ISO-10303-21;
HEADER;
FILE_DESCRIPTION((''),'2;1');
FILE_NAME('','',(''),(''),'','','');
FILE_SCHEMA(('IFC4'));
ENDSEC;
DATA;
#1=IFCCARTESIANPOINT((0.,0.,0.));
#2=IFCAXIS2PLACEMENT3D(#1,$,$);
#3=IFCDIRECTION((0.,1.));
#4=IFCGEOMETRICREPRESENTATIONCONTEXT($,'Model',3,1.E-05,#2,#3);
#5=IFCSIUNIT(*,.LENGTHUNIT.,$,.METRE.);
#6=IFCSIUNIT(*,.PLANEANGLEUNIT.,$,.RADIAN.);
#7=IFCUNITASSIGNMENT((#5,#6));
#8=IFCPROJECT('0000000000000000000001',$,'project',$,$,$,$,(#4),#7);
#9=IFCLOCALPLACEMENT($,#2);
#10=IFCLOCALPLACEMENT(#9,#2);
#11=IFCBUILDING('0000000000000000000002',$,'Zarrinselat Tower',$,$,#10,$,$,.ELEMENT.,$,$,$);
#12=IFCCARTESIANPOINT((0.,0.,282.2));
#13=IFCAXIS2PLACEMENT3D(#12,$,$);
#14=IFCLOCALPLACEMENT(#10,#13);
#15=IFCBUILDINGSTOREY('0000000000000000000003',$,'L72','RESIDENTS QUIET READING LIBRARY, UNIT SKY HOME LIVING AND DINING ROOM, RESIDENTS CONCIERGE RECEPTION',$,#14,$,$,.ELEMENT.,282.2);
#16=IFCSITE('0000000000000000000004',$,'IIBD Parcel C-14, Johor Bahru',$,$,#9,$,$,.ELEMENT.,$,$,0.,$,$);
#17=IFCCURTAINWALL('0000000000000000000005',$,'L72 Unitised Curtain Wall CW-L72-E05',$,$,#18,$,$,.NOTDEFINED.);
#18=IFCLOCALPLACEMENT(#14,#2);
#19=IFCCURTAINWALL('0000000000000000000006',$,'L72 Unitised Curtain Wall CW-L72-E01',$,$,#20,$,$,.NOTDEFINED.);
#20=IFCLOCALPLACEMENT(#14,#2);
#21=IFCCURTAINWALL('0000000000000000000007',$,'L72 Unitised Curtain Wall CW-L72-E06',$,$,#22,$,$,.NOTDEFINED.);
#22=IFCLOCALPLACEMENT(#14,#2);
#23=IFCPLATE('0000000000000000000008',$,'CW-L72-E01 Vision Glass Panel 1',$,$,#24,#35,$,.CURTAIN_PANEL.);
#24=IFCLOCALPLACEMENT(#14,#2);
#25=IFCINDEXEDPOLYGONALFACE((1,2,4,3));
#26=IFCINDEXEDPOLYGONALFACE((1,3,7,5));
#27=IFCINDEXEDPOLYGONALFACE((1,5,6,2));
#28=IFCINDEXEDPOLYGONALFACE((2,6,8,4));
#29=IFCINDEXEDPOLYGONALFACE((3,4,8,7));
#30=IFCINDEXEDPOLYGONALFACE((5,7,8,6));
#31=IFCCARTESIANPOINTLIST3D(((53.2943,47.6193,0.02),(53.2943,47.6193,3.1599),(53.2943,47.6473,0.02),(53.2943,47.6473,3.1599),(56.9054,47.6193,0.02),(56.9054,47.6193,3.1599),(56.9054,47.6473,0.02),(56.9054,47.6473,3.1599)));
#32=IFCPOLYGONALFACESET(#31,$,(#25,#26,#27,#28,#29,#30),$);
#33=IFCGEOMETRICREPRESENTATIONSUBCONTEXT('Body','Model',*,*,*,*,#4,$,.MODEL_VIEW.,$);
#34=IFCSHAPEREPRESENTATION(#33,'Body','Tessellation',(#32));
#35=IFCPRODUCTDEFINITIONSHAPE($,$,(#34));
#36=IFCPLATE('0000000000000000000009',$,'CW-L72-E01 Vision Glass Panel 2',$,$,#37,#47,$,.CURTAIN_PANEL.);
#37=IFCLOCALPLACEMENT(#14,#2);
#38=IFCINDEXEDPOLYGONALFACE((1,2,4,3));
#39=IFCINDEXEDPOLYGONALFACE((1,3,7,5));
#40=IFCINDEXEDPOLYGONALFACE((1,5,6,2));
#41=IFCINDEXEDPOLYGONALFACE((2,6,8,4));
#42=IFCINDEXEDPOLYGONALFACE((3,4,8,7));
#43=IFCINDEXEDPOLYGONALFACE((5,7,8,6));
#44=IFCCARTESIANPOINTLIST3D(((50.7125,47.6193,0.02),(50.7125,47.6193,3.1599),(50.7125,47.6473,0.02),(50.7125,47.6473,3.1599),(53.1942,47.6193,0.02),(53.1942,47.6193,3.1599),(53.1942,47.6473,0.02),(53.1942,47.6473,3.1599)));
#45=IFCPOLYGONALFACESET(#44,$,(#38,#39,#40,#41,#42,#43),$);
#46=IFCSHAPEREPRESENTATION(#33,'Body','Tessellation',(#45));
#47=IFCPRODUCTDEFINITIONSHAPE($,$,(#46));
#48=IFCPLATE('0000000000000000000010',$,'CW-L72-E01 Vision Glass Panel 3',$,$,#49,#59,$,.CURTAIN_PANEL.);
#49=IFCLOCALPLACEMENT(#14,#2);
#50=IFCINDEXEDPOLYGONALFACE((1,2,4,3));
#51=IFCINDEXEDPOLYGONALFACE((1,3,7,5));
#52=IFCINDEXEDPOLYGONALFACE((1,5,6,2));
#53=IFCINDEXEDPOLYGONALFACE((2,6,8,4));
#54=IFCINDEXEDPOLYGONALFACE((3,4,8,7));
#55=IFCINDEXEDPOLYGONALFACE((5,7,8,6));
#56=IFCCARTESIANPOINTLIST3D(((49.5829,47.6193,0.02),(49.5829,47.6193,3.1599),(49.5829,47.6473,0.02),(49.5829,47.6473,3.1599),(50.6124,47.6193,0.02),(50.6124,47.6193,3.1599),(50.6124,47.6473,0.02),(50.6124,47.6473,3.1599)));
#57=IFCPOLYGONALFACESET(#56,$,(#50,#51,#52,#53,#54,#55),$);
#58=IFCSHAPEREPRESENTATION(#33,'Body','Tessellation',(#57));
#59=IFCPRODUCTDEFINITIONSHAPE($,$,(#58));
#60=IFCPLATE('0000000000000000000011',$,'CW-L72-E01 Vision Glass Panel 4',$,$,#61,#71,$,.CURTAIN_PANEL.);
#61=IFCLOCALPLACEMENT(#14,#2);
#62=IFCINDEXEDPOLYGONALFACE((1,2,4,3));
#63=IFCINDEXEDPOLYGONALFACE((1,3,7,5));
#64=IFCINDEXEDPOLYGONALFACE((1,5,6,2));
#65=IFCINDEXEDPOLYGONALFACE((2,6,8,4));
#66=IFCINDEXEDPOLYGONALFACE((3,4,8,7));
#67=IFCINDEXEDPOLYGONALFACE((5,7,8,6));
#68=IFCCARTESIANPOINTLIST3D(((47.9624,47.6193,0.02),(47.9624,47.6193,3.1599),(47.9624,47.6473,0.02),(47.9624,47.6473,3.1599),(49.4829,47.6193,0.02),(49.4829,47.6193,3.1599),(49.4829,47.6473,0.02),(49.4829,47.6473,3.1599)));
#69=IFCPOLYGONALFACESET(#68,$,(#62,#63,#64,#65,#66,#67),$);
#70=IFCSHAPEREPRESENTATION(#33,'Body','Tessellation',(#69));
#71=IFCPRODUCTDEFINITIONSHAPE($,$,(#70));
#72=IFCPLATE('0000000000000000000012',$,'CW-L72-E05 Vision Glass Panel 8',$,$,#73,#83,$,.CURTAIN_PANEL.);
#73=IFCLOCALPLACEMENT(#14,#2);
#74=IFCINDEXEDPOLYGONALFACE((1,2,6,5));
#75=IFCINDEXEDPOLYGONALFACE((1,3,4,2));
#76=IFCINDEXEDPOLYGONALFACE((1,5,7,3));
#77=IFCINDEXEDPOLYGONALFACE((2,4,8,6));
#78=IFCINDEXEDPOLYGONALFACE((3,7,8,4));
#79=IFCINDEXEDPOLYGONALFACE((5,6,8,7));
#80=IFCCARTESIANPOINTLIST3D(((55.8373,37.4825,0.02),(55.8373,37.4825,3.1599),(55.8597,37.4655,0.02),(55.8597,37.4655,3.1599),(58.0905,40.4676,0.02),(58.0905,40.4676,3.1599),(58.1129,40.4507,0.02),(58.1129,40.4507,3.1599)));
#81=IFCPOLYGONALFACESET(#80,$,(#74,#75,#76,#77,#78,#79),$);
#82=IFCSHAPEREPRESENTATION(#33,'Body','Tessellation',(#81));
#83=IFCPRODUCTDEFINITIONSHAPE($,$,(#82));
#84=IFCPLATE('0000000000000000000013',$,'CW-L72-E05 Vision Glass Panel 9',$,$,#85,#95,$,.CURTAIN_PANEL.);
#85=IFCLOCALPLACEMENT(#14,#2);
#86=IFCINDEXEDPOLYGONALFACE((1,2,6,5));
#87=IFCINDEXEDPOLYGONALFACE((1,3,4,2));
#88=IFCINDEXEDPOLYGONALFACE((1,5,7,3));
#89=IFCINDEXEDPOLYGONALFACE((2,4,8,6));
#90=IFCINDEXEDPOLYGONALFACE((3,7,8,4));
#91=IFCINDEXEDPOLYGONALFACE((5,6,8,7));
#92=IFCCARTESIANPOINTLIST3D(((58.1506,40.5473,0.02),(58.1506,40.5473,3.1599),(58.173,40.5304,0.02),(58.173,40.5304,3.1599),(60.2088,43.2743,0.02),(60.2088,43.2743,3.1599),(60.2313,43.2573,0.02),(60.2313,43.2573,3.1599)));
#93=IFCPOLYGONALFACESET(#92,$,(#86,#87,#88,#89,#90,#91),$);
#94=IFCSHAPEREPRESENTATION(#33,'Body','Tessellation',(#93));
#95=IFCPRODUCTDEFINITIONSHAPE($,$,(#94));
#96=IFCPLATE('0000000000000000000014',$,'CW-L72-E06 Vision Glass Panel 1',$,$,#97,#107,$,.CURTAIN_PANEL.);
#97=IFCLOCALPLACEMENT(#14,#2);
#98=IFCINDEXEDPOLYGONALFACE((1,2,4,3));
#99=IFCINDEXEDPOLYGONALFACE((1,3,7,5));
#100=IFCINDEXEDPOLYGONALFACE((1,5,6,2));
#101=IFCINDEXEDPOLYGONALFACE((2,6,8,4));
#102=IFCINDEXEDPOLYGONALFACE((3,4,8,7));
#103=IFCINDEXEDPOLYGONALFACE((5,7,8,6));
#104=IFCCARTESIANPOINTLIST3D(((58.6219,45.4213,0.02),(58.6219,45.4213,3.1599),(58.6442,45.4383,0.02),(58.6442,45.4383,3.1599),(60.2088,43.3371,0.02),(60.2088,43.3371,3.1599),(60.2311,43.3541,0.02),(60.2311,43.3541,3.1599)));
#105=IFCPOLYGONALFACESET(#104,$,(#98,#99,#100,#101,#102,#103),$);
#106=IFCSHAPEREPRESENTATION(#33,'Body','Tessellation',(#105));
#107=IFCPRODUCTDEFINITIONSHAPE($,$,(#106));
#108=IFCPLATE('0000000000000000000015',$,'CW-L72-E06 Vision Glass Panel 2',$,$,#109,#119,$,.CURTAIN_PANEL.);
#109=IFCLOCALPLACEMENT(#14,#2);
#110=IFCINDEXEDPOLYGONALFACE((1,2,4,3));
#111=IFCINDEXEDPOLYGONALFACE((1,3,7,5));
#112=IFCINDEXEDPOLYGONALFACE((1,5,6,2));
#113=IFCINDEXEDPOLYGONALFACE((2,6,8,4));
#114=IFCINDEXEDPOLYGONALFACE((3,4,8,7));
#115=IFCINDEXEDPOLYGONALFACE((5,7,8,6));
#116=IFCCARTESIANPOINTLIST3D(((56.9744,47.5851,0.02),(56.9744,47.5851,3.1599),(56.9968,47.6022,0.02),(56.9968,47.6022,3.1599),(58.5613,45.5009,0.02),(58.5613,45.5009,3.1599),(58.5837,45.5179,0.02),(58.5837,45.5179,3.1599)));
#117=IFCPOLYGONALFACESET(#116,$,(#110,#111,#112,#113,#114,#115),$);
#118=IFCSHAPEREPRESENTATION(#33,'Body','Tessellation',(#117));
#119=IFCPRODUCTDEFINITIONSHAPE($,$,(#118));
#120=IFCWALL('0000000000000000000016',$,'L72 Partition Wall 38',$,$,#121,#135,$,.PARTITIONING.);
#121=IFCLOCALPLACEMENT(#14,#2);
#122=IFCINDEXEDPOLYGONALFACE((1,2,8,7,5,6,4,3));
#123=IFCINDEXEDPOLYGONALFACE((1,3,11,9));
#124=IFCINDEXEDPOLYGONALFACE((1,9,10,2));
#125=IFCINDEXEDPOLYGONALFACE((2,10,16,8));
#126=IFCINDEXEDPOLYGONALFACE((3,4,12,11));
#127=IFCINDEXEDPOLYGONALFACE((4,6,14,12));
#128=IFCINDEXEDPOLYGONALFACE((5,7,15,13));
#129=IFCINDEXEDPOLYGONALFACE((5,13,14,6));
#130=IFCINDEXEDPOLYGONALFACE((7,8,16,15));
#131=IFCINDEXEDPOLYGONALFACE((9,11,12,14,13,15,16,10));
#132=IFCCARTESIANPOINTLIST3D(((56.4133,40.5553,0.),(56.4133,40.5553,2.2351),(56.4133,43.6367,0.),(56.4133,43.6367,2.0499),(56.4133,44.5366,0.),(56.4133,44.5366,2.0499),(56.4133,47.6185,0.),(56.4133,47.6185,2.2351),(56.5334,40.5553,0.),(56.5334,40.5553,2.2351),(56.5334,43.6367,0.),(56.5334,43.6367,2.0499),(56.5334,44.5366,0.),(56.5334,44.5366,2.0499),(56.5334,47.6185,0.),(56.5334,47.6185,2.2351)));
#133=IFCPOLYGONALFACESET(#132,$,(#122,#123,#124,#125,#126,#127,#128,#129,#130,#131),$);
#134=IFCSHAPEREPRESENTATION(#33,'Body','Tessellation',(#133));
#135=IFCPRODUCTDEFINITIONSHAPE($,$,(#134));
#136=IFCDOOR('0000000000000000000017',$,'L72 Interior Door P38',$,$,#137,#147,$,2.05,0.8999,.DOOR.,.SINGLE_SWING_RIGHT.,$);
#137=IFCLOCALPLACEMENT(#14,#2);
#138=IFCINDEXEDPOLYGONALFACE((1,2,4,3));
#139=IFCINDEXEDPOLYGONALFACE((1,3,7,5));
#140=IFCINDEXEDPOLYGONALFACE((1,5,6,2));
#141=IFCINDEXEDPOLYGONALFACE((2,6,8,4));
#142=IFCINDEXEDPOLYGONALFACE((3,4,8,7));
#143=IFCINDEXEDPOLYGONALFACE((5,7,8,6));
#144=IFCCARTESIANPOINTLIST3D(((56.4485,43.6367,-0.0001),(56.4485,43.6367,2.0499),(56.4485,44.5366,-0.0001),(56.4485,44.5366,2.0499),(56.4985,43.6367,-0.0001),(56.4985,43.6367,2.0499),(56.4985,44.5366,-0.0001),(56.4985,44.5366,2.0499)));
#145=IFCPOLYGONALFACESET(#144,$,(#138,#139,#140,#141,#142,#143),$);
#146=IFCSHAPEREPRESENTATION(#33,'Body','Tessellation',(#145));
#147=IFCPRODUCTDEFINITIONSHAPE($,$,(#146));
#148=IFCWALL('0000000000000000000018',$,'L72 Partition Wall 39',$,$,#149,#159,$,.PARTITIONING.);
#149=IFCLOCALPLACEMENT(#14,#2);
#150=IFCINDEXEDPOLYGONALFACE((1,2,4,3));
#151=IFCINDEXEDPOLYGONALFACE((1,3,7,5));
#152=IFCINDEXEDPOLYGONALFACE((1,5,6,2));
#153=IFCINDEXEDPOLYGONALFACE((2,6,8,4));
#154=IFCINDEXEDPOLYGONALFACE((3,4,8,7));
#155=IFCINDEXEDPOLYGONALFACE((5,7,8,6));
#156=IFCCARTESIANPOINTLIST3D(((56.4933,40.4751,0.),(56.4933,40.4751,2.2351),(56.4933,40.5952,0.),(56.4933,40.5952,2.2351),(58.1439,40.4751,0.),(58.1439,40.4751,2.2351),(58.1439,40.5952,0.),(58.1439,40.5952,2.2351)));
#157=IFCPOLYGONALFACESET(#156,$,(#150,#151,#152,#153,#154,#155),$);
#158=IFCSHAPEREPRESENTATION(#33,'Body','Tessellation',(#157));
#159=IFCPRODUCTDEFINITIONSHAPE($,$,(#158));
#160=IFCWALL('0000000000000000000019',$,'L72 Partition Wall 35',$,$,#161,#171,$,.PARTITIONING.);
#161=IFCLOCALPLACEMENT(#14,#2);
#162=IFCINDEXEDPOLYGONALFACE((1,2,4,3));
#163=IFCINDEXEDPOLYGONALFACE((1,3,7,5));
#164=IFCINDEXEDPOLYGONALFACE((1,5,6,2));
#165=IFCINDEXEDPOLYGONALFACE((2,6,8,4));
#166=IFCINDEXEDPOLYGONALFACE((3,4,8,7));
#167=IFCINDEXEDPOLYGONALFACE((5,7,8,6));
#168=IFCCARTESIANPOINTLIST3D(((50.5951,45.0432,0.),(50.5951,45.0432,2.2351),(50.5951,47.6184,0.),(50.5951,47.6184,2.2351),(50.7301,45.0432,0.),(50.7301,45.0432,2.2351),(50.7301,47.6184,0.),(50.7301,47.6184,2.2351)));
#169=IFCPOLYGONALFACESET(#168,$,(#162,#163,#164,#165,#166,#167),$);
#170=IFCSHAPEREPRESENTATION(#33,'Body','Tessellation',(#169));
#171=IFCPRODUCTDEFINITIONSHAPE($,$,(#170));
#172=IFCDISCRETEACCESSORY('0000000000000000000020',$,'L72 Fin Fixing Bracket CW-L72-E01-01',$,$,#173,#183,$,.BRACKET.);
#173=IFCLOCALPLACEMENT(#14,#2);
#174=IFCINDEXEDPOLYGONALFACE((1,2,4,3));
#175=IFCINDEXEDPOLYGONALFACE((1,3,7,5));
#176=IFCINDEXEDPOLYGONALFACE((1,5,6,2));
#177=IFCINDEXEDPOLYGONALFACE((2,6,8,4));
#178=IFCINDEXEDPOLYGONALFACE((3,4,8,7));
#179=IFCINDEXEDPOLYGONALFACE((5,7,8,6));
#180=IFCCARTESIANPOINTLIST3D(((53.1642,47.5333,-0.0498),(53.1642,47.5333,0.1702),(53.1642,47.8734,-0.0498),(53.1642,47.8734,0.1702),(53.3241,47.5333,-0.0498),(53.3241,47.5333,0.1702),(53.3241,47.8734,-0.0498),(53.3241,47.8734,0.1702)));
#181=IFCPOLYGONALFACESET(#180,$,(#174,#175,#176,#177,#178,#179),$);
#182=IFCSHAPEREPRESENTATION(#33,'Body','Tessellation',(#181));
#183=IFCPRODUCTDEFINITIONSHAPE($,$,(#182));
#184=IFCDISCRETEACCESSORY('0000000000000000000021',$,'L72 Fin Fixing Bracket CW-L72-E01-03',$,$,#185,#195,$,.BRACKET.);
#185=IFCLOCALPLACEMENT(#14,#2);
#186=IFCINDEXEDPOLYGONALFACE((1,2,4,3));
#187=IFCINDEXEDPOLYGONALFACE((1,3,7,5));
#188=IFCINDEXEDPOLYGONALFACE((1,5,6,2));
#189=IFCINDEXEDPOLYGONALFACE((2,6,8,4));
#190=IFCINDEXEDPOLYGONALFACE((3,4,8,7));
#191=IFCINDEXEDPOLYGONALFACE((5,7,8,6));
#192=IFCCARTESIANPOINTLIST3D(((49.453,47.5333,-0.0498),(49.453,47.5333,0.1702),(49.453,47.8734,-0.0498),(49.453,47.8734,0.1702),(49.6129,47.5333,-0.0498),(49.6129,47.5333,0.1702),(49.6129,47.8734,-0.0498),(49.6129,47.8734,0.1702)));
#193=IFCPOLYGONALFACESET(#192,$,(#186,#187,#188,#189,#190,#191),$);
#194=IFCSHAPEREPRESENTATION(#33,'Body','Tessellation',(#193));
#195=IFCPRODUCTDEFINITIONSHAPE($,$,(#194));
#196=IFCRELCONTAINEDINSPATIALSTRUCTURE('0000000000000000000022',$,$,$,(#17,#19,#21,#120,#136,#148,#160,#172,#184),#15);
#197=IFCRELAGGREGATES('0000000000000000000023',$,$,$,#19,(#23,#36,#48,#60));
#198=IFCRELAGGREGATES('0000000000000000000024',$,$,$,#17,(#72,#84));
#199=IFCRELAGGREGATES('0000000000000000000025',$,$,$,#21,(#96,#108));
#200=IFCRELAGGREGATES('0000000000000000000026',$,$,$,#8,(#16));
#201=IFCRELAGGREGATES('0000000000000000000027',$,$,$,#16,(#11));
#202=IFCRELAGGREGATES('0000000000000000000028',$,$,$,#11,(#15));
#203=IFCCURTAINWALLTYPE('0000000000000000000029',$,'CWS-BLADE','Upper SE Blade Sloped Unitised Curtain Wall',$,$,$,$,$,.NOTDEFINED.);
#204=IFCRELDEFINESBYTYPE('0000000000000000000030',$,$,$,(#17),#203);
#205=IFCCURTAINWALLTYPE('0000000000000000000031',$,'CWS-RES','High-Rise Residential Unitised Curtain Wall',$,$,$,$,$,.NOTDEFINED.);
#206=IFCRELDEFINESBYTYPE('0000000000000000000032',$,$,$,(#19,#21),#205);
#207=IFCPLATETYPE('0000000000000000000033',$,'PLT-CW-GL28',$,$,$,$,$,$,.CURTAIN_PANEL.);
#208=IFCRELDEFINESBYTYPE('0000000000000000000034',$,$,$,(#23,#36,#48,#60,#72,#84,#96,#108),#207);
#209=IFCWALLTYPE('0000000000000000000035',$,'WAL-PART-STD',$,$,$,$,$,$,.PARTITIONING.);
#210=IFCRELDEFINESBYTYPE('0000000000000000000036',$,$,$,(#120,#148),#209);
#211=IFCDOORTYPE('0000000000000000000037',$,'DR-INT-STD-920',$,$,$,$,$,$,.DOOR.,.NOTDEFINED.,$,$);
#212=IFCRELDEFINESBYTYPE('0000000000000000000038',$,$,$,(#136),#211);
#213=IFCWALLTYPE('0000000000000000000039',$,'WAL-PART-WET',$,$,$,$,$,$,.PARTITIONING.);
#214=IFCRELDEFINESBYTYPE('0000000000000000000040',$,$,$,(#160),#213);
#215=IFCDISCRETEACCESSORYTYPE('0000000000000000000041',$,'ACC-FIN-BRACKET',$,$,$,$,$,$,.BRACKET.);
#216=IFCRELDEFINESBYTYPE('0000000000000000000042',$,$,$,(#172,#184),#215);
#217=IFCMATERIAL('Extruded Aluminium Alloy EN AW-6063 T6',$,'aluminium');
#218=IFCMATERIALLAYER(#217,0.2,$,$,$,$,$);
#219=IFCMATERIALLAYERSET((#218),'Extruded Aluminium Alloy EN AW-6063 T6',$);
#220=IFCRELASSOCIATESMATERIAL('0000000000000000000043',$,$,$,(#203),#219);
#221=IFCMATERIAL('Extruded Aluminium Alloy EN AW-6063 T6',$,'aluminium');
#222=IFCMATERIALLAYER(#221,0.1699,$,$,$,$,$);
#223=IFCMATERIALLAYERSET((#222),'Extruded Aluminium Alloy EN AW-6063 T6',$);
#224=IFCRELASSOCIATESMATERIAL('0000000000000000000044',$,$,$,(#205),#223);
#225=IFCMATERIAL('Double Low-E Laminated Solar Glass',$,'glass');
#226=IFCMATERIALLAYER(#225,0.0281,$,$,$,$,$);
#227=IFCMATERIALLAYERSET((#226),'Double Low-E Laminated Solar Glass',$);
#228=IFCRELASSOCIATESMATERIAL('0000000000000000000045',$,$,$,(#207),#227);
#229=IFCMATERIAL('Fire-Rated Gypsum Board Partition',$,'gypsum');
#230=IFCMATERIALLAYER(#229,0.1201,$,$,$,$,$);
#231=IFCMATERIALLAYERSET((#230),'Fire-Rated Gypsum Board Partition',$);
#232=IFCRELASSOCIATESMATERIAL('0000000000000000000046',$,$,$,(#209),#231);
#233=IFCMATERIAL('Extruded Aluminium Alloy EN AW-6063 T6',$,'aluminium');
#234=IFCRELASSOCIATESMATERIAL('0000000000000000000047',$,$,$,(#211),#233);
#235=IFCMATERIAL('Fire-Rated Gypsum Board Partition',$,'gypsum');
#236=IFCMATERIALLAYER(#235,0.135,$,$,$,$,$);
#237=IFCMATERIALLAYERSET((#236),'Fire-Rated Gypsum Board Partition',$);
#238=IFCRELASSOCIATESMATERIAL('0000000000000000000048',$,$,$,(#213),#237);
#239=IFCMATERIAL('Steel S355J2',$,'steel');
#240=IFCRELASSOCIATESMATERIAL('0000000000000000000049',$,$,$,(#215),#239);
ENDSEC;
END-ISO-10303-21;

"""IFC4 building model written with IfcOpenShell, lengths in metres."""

from ifc_helpers import new_model, si_unit, direction, frame, frame_2d, origin, origin_2d, place, context, subcontext, project, spatial, rectangle, extrude, material, layer, layer_set, type_object, element, fill, aggregate, save


model = new_model("IFC4")

# Units and contexts
model_context = context("Model", 3, precision=1e-05, world=origin(), true_north=direction((0.0, 1.0)))
body_context = subcontext(model_context, "Body", "Model", "MODEL_VIEW")
ifc_project = project(units=[si_unit("LENGTHUNIT", "METRE"), si_unit("PLANEANGLEUNIT", "RADIAN")], contexts=[model_context])

# Site, building, storey
site_placement = place(None, origin())
site = spatial("IfcSite", under=ifc_project, at=site_placement, Name="IIBD Parcel C-14, Johor Bahru", CompositionType="ELEMENT", RefElevation=0.0)
building_placement = place(site_placement, origin())
building = spatial("IfcBuilding", under=site, at=building_placement, Name="Zarrinselat Tower", CompositionType="ELEMENT")
storey_placement = place(building_placement, frame((0.0, 0.0, 282.2)))
storey = spatial("IfcBuildingStorey", under=building, at=storey_placement, Name="L72", Description="RESIDENTS QUIET READING LIBRARY, UNIT SKY HOME LIVING AND DINING ROOM, RESIDENTS CONCIERGE RECEPTION", CompositionType="ELEMENT", Elevation=282.2)

# Curtain walls
ifc_material_1 = material(Name="Extruded Aluminium Alloy EN AW-6063 T6", Category="aluminium")
ifc_layer_1 = layer(ifc_material_1, 0.2)
ifc_layer_set_1 = layer_set([ifc_layer_1], Name="Extruded Aluminium Alloy EN AW-6063 T6")
curtain_wall_type_1 = type_object("IfcCurtainWallType", Name="CWS-BLADE", Description="Upper SE Blade Sloped Unitised Curtain Wall", PredefinedType="NOTDEFINED", material=ifc_layer_set_1)
curtain_wall_1_placement = place(storey_placement, origin())
curtain_wall_1 = element("IfcCurtainWall", 1, at=curtain_wall_1_placement, inside=storey, type_object=curtain_wall_type_1, Name="L72 Unitised Curtain Wall CW-L72-E05", PredefinedType="NOTDEFINED")
ifc_material_2 = material(Name="Extruded Aluminium Alloy EN AW-6063 T6", Category="aluminium")
ifc_layer_2 = layer(ifc_material_2, 0.1699)
ifc_layer_set_2 = layer_set([ifc_layer_2], Name="Extruded Aluminium Alloy EN AW-6063 T6")
curtain_wall_type_2 = type_object("IfcCurtainWallType", Name="CWS-RES", Description="High-Rise Residential Unitised Curtain Wall", PredefinedType="NOTDEFINED", material=ifc_layer_set_2)
curtain_wall_2_placement = place(storey_placement, origin())
curtain_wall_2 = element("IfcCurtainWall", 2, at=curtain_wall_2_placement, inside=storey, type_object=curtain_wall_type_2, Name="L72 Unitised Curtain Wall CW-L72-E01", PredefinedType="NOTDEFINED")

# Curtain wall
curtain_wall_3_placement = place(storey_placement, origin())
curtain_wall_3 = element("IfcCurtainWall", 3, at=curtain_wall_3_placement, inside=storey, type_object=curtain_wall_type_2, Name="L72 Unitised Curtain Wall CW-L72-E06", PredefinedType="NOTDEFINED")

# Plates
ifc_material_3 = material(Name="Double Low-E Laminated Solar Glass", Category="glass")
ifc_layer_3 = layer(ifc_material_3, 0.0281)
ifc_layer_set_3 = layer_set([ifc_layer_3], Name="Double Low-E Laminated Solar Glass")
plate_type = type_object("IfcPlateType", Name="PLT-CW-GL28", PredefinedType="CURTAIN_PANEL", material=ifc_layer_set_3)
plate_1_placement = place(storey_placement, frame((55.0999, 47.6333, 0.02), z_axis=(0.0, 0.0, 1.0), x_axis=(-1.0, 0.0, 0.0)))
plate_1 = element("IfcPlate", 4, at=plate_1_placement, type_object=plate_type, Name="CW-L72-E01 Vision Glass Panel 1", PredefinedType="CURTAIN_PANEL", context=body_context, shape_type="SweptSolid", body=[
    extrude(rectangle(XDim=3.6111, YDim=0.0281, at=origin_2d()), origin(), (0.0, 0.0, 1.0), 3.1399),
])
plate_2_placement = place(storey_placement, frame((51.9534, 47.6333, 0.02), z_axis=(0.0, 0.0, 1.0), x_axis=(-1.0, 0.0, 0.0)))
plate_2 = element("IfcPlate", 5, at=plate_2_placement, type_object=plate_type, Name="CW-L72-E01 Vision Glass Panel 2", PredefinedType="CURTAIN_PANEL", context=body_context, shape_type="SweptSolid", body=[
    extrude(rectangle(XDim=2.4817, YDim=0.0281, at=origin_2d()), origin(), (0.0, 0.0, 1.0), 3.1399),
])
plate_3_placement = place(storey_placement, frame((50.0977, 47.6333, 0.02), z_axis=(0.0, 0.0, 1.0), x_axis=(-1.0, 0.0, 0.0)))
plate_3 = element("IfcPlate", 6, at=plate_3_placement, type_object=plate_type, Name="CW-L72-E01 Vision Glass Panel 3", PredefinedType="CURTAIN_PANEL", context=body_context, shape_type="SweptSolid", body=[
    extrude(rectangle(XDim=1.0295, YDim=0.0281, at=origin_2d()), origin(), (0.0, 0.0, 1.0), 3.1399),
])
plate_4_placement = place(storey_placement, frame((48.7227, 47.6333, 0.02), z_axis=(0.0, 0.0, 1.0), x_axis=(-1.0, 0.0, 0.0)))
plate_4 = element("IfcPlate", 7, at=plate_4_placement, type_object=plate_type, Name="CW-L72-E01 Vision Glass Panel 4", PredefinedType="CURTAIN_PANEL", context=body_context, shape_type="SweptSolid", body=[
    extrude(rectangle(XDim=1.5205, YDim=0.0281, at=origin_2d()), origin(), (0.0, 0.0, 1.0), 3.1399),
])
aggregate(curtain_wall_2, [plate_1, plate_2, plate_3, plate_4])
plate_5_placement = place(storey_placement, frame((56.9751, 38.9666, 0.02), z_axis=(0.0, 0.0, 1.0), x_axis=(0.602445, 0.79816, 0.0)))
plate_5 = element("IfcPlate", 8, at=plate_5_placement, type_object=plate_type, Name="CW-L72-E05 Vision Glass Panel 8", PredefinedType="CURTAIN_PANEL", context=body_context, shape_type="SweptSolid", body=[
    extrude(rectangle(XDim=3.74, YDim=0.0281, at=origin_2d()), origin(), (0.0, 0.0, 1.0), 3.1399),
])
plate_6_placement = place(storey_placement, frame((59.1909, 41.9023, 0.02), z_axis=(0.0, 0.0, 1.0), x_axis=(0.602445, 0.79816, 0.0)))
plate_6 = element("IfcPlate", 9, at=plate_6_placement, type_object=plate_type, Name="CW-L72-E05 Vision Glass Panel 9", PredefinedType="CURTAIN_PANEL", context=body_context, shape_type="SweptSolid", body=[
    extrude(rectangle(XDim=3.4165, YDim=0.0281, at=origin_2d()), origin(), (0.0, 0.0, 1.0), 3.1399),
])
aggregate(curtain_wall_1, [plate_5, plate_6])
plate_7_placement = place(storey_placement, frame((59.4265, 44.3877, 0.02), z_axis=(0.0, 0.0, 1.0), x_axis=(-0.605773, 0.795637, 0.0)))
plate_7 = element("IfcPlate", 10, at=plate_7_placement, type_object=plate_type, Name="CW-L72-E06 Vision Glass Panel 1", PredefinedType="CURTAIN_PANEL", context=body_context, shape_type="SweptSolid", body=[
    extrude(rectangle(XDim=2.6196, YDim=0.0281, at=origin_2d()), origin(), (0.0, 0.0, 1.0), 3.1399),
])
plate_8_placement = place(storey_placement, frame((57.7791, 46.5515, 0.02), z_axis=(0.0, 0.0, 1.0), x_axis=(-0.605773, 0.795637, 0.0)))
plate_8 = element("IfcPlate", 11, at=plate_8_placement, type_object=plate_type, Name="CW-L72-E06 Vision Glass Panel 2", PredefinedType="CURTAIN_PANEL", context=body_context, shape_type="SweptSolid", body=[
    extrude(rectangle(XDim=2.6196, YDim=0.0281, at=origin_2d()), origin(), (0.0, 0.0, 1.0), 3.1399),
])
aggregate(curtain_wall_3, [plate_7, plate_8])

# Wall, opening, door
ifc_material_4 = material(Name="Fire-Rated Gypsum Board Partition", Category="gypsum")
ifc_layer_4 = layer(ifc_material_4, 0.1201)
ifc_layer_set_4 = layer_set([ifc_layer_4], Name="Fire-Rated Gypsum Board Partition")
wall_type_1 = type_object("IfcWallType", Name="WAL-PART-STD", PredefinedType="PARTITIONING", material=ifc_layer_set_4)
wall_1_placement = place(storey_placement, frame((56.4734, 40.5552, 0.0), z_axis=(0.0, 0.0, 1.0), x_axis=(0.0, 1.0, 0.0)))
wall_1 = element("IfcWall", 12, at=wall_1_placement, inside=storey, type_object=wall_type_1, Name="L72 Partition Wall 38", PredefinedType="PARTITIONING", context=body_context, shape_type="SweptSolid", body=[
    extrude(rectangle(XDim=7.0632, YDim=0.1201, at=frame_2d((3.5317, 0.0))), origin(), (0.0, 0.0, 1.0), 2.2351),
])
opening_placement = place(wall_1_placement, frame((3.0815, 0.0, 0.0)))
opening = element("IfcOpeningElement", 13, at=opening_placement, cuts=wall_1, PredefinedType="OPENING", context=body_context, shape_type="SweptSolid", body=[
    extrude(rectangle(XDim=0.8999, YDim=2.05, at=frame_2d((0.45, 1.0249))), frame((0.0, 0.0701, 0.0), z_axis=(0.0, -1.0, 0.0), x_axis=(1.0, 0.0, 0.0)), (0.0, 0.0, 1.0), 0.1401),
])
ifc_material_5 = material(Name="Extruded Aluminium Alloy EN AW-6063 T6", Category="aluminium")
door_type = type_object("IfcDoorType", Name="DR-INT-STD-920", OperationType="NOTDEFINED", PredefinedType="DOOR", material=ifc_material_5)
door_placement = place(opening_placement, origin())
door = element("IfcDoor", 14, at=door_placement, inside=storey, type_object=door_type, Name="L72 Interior Door P38", OperationType="SINGLE_SWING_RIGHT", OverallHeight=2.05, OverallWidth=0.8999, PredefinedType="DOOR", context=body_context, shape_type="SweptSolid", body=[
    extrude(rectangle(XDim=0.8999, YDim=2.05, at=frame_2d((0.45, 1.0249))), frame((0.0, 0.0249, 0.0), z_axis=(0.0, -1.0, 0.0), x_axis=(1.0, 0.0, 0.0)), (0.0, 0.0, 1.0), 0.05),
])
fill(opening, door)

# Walls
wall_2_placement = place(storey_placement, frame((56.4934, 40.5352, 0.0), z_axis=(0.0, 0.0, 1.0), x_axis=(1.0, 0.0, 0.0)))
element("IfcWall", 15, at=wall_2_placement, inside=storey, type_object=wall_type_1, Name="L72 Partition Wall 39", PredefinedType="PARTITIONING", context=body_context, shape_type="SweptSolid", body=[
    extrude(rectangle(XDim=1.6506, YDim=0.1201, at=frame_2d((0.8252, 0.0))), origin(), (0.0, 0.0, 1.0), 2.2351),
])
ifc_material_6 = material(Name="Fire-Rated Gypsum Board Partition", Category="gypsum")
ifc_layer_5 = layer(ifc_material_6, 0.135)
ifc_layer_set_5 = layer_set([ifc_layer_5], Name="Fire-Rated Gypsum Board Partition")
wall_type_2 = type_object("IfcWallType", Name="WAL-PART-WET", PredefinedType="PARTITIONING", material=ifc_layer_set_5)
wall_3_placement = place(storey_placement, frame((50.6626, 45.0432, 0.0), z_axis=(0.0, 0.0, 1.0), x_axis=(0.0, 1.0, 0.0)))
element("IfcWall", 16, at=wall_3_placement, inside=storey, type_object=wall_type_2, Name="L72 Partition Wall 35", PredefinedType="PARTITIONING", context=body_context, shape_type="SweptSolid", body=[
    extrude(rectangle(XDim=2.5752, YDim=0.135, at=frame_2d((1.2876, 0.0))), origin(), (0.0, 0.0, 1.0), 2.2351),
])

# Discrete accessories
ifc_material_7 = material(Name="Steel S355J2", Category="steel")
discrete_accessory_type = type_object("IfcDiscreteAccessoryType", Name="ACC-FIN-BRACKET", PredefinedType="BRACKET", material=ifc_material_7)
for number, where, z_axis, x_axis, name in (
    (17, (53.2441, 47.7034, -0.0498), (0.0, 0.0, 1.0), (0.0, 1.0, 0.0), "L72 Fin Fixing Bracket CW-L72-E01-01"),
    (18, (49.533, 47.7034, -0.0498), (0.0, 0.0, 1.0), (0.0, 1.0, 0.0), "L72 Fin Fixing Bracket CW-L72-E01-03"),
):
    element("IfcDiscreteAccessory", number, at=place(storey_placement, frame(where, z_axis=z_axis, x_axis=x_axis)), inside=storey, type_object=discrete_accessory_type, Name=name, PredefinedType="BRACKET", context=body_context, shape_type="SweptSolid", body=[
        extrude(rectangle(XDim=0.3401, YDim=0.1599, at=origin_2d()), origin(), (0.0, 0.0, 1.0), 0.22),
    ])

save(model, "model.ifc")
